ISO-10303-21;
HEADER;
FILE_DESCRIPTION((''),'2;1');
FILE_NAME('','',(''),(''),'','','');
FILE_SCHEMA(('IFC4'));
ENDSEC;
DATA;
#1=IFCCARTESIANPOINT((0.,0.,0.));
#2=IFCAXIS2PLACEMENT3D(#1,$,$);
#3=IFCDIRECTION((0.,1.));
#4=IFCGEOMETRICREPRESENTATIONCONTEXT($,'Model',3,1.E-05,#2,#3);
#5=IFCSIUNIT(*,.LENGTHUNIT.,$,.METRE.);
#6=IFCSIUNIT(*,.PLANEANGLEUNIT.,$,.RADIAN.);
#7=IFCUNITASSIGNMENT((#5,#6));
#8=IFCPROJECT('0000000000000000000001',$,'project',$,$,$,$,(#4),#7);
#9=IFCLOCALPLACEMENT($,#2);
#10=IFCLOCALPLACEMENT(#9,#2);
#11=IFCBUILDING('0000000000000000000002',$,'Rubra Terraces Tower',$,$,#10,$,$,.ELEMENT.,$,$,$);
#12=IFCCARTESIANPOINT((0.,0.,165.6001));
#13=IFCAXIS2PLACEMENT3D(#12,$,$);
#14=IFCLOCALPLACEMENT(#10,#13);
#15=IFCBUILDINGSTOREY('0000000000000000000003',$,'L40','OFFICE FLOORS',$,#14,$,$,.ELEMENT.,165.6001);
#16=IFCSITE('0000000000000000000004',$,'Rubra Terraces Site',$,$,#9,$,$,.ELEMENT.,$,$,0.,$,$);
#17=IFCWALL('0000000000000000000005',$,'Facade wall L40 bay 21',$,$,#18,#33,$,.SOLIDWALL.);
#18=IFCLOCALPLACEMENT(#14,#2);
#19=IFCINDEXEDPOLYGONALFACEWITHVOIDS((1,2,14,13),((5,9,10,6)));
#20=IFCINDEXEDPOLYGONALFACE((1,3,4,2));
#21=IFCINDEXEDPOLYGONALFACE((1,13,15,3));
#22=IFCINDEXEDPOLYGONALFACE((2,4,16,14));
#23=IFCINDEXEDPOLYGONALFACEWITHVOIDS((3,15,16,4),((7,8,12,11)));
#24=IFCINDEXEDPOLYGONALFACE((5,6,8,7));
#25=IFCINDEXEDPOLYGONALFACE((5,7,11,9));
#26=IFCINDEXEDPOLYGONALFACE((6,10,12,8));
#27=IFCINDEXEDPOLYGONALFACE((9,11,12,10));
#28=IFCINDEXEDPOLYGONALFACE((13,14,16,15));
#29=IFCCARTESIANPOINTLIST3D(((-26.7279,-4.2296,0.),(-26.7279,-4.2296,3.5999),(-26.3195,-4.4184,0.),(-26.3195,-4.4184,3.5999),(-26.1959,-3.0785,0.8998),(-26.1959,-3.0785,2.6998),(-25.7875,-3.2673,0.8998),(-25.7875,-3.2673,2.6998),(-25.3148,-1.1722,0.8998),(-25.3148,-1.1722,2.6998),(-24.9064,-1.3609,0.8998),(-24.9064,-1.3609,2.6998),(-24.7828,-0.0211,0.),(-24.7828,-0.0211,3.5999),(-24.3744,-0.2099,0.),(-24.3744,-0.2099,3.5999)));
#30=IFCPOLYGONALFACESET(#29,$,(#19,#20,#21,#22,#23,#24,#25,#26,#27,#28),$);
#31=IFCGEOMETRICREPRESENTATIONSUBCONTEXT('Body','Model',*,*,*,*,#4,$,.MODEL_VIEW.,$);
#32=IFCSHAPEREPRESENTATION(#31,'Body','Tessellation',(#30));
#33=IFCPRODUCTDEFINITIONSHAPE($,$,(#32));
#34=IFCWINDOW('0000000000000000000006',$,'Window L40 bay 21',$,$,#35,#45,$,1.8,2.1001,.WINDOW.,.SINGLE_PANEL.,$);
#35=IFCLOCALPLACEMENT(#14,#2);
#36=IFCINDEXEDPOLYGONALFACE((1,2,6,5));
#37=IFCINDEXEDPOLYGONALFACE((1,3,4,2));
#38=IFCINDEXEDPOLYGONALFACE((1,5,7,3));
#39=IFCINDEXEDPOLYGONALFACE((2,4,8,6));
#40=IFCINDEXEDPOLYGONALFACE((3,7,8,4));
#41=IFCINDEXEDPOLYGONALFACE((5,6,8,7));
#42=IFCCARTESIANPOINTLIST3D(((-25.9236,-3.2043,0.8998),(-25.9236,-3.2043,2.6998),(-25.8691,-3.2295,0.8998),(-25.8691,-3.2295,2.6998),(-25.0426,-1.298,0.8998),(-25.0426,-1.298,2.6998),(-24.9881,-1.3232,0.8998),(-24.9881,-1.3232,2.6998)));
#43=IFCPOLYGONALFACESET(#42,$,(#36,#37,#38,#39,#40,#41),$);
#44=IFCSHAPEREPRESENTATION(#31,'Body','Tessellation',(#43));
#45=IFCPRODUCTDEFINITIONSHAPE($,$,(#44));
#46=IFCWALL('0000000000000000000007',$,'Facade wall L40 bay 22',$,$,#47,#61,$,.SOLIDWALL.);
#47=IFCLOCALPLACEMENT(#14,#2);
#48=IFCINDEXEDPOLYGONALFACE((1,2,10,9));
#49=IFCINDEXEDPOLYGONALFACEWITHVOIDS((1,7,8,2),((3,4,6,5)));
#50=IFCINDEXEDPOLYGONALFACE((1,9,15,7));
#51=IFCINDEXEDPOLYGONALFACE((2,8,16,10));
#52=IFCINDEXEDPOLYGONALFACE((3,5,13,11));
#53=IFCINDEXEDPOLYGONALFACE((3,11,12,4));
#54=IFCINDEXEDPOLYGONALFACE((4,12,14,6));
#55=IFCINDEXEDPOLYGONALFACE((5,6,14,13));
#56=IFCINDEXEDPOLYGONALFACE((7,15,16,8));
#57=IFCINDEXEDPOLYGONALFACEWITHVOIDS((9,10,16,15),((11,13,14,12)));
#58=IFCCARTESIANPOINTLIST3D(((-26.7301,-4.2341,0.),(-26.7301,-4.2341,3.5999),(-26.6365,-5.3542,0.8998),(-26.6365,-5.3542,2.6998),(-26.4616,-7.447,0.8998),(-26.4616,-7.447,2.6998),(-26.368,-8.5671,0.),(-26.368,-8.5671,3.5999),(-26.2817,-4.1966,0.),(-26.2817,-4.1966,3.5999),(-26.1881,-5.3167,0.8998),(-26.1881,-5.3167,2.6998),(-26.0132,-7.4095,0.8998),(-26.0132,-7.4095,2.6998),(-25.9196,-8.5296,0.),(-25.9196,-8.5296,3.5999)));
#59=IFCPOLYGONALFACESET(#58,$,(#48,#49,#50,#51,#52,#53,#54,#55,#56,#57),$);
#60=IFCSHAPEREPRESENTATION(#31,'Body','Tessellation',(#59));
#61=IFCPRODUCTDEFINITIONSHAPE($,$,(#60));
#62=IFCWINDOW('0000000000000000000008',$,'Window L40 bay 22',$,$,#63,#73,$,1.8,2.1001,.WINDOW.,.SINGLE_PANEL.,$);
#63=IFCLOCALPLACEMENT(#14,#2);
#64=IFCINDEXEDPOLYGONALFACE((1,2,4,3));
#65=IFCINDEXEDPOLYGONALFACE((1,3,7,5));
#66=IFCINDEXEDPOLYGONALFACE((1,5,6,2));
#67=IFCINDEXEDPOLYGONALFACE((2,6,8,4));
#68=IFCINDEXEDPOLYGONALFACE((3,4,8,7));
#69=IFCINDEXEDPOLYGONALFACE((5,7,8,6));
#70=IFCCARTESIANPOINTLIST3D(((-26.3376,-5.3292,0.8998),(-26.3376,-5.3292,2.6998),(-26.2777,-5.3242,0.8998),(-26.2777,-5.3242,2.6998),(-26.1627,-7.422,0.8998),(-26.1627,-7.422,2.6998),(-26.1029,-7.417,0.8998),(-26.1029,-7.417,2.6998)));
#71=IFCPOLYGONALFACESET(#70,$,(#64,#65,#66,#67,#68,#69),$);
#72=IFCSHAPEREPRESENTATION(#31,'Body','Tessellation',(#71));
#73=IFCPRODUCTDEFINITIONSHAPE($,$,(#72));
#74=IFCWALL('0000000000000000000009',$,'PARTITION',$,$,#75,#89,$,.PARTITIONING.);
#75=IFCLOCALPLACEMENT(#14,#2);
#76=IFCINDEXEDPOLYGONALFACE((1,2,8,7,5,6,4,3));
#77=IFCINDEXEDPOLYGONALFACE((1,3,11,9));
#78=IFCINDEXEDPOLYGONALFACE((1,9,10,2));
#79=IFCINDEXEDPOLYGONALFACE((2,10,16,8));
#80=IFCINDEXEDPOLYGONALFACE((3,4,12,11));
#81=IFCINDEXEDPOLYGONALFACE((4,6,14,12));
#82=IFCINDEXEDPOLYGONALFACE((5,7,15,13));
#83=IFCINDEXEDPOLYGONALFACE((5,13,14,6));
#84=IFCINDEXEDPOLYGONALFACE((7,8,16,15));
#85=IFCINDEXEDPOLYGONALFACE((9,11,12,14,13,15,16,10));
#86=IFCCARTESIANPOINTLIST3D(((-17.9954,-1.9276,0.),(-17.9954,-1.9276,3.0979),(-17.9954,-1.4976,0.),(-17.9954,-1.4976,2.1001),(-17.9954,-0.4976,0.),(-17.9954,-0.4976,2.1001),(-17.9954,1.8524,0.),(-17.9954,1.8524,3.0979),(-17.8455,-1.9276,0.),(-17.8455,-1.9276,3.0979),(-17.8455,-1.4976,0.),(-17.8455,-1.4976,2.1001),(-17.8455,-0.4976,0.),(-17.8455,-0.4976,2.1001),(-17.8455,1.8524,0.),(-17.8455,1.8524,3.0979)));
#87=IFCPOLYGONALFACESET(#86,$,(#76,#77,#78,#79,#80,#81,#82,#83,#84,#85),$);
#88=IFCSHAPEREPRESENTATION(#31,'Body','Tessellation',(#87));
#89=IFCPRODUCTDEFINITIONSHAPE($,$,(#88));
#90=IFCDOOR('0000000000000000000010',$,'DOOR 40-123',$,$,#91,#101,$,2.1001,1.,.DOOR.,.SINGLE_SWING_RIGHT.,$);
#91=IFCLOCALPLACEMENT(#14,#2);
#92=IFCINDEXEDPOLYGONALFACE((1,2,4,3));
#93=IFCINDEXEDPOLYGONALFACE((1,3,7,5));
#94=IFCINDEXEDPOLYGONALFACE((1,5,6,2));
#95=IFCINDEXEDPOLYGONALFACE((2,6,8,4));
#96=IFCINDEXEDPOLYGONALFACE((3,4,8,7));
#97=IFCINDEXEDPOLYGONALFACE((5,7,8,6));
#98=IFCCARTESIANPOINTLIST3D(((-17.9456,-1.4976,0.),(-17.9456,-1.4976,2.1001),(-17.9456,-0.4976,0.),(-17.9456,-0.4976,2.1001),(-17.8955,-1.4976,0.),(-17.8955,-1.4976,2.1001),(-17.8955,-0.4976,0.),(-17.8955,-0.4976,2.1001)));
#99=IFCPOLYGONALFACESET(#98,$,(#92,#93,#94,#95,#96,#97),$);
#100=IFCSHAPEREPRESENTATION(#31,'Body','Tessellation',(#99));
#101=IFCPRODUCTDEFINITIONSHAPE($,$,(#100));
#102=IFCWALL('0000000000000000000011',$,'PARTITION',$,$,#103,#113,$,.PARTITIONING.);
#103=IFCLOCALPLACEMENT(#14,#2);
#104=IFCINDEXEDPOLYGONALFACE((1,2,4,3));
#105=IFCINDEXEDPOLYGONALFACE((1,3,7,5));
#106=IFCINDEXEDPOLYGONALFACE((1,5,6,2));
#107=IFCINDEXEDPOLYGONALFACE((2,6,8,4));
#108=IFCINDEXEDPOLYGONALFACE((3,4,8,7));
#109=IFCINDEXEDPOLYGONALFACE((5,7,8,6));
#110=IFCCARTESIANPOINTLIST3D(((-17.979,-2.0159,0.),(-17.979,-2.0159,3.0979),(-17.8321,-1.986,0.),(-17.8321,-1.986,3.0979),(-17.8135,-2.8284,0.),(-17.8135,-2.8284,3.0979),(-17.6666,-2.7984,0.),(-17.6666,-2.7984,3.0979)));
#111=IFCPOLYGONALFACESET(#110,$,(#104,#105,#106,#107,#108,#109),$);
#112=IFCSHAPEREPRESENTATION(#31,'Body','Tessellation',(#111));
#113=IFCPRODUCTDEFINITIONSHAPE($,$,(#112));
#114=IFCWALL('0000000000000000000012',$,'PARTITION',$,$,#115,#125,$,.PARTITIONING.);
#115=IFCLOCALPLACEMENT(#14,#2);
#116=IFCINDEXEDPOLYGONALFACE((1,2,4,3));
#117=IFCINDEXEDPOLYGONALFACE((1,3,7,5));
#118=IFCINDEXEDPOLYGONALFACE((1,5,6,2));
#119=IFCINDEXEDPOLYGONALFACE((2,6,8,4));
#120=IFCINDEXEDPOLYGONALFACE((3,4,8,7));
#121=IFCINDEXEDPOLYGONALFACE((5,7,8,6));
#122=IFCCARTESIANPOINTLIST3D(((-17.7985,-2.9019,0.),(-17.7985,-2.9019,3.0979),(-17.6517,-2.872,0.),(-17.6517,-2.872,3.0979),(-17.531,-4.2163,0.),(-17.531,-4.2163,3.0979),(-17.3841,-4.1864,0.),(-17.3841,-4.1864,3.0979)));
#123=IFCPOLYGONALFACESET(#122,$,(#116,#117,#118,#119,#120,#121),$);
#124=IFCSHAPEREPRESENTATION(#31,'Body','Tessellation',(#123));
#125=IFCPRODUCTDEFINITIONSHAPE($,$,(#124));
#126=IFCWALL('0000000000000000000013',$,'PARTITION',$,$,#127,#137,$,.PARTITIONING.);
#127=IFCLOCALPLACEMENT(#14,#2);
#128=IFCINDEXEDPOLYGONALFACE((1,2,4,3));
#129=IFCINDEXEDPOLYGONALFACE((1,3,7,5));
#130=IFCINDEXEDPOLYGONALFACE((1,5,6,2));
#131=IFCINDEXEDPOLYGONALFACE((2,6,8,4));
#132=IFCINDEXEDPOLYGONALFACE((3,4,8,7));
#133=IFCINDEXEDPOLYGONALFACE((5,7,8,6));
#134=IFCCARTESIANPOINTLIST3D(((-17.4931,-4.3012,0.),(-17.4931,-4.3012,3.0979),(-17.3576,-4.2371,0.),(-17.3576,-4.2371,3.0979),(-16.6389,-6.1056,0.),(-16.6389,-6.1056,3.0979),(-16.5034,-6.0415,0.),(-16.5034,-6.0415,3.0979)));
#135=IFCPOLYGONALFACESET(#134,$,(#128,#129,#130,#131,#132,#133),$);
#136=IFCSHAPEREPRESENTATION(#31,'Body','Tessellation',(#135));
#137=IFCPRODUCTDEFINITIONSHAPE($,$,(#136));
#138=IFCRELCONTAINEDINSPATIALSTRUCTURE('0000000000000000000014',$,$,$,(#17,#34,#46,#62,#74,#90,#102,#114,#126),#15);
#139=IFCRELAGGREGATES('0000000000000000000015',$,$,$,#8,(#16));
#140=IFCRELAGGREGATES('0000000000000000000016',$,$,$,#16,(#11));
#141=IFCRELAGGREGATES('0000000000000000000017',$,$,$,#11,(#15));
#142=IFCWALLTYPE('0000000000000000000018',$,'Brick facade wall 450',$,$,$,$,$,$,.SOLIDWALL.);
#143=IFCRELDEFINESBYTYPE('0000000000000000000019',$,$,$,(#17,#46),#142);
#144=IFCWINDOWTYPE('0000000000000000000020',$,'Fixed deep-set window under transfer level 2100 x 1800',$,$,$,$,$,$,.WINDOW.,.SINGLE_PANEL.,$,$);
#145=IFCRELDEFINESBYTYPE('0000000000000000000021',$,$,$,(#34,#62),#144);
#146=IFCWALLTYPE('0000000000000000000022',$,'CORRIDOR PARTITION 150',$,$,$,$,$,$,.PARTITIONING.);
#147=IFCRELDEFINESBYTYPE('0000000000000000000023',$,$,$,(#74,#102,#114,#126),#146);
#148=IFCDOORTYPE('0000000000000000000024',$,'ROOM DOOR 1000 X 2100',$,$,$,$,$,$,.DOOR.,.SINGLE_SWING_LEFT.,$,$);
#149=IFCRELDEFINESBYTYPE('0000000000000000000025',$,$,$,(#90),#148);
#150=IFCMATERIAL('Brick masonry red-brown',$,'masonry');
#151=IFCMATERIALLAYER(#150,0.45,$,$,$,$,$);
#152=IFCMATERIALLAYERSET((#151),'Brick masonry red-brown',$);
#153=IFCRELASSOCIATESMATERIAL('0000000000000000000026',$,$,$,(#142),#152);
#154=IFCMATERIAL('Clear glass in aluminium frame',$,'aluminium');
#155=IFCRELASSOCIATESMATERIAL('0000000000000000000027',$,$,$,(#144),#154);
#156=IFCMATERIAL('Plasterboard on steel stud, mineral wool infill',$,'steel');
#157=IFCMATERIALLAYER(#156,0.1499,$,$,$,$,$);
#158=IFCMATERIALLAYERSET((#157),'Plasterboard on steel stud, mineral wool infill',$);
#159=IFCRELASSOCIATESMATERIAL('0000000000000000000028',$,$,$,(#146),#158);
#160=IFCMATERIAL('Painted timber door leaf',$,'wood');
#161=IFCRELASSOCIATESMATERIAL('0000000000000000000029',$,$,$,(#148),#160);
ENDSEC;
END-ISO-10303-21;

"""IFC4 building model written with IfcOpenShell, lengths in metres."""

from ifc_helpers import new_model, si_unit, direction, frame, frame_2d, origin, place, context, subcontext, project, spatial, rectangle, extrude, material, layer, layer_set, type_object, element, fill, save


model = new_model("IFC4")

# Units and contexts
model_context = context("Model", 3, precision=1e-05, world=origin(), true_north=direction((0.0, 1.0)))
body_context = subcontext(model_context, "Body", "Model", "MODEL_VIEW")
ifc_project = project(units=[si_unit("LENGTHUNIT", "METRE"), si_unit("PLANEANGLEUNIT", "RADIAN")], contexts=[model_context])

# Site, building, storey
site_placement = place(None, origin())
site = spatial("IfcSite", under=ifc_project, at=site_placement, Name="Rubra Terraces Site", CompositionType="ELEMENT", RefElevation=0.0)
building_placement = place(site_placement, origin())
building = spatial("IfcBuilding", under=site, at=building_placement, Name="Rubra Terraces Tower", CompositionType="ELEMENT")
storey_placement = place(building_placement, frame((0.0, 0.0, 165.6001)))
storey = spatial("IfcBuildingStorey", under=building, at=storey_placement, Name="L40", Description="OFFICE FLOORS", CompositionType="ELEMENT", Elevation=165.6001)

# Walls, openings, windows
ifc_material_1 = material(Name="Brick masonry red-brown", Category="masonry")
ifc_layer_1 = layer(ifc_material_1, 0.45)
ifc_layer_set_1 = layer_set([ifc_layer_1], Name="Brick masonry red-brown")
wall_type_1 = type_object("IfcWallType", Name="Brick facade wall 450", PredefinedType="SOLIDWALL", material=ifc_layer_set_1)
wall_1_placement = place(storey_placement, frame((-24.5786, -0.1155, 0.0), z_axis=(0.0, 0.0, 1.0), x_axis=(-0.419536, -0.907739, 0.0)))
wall_1 = element("IfcWall", 1, at=wall_1_placement, inside=storey, type_object=wall_type_1, Name="Facade wall L40 bay 21", PredefinedType="SOLIDWALL", context=body_context, shape_type="SweptSolid", body=[
    extrude(rectangle(XDim=4.6362, YDim=0.45, at=frame_2d((2.3181, 0.0))), origin(), (0.0, 0.0, 1.0), 3.5999),
])
opening_1_placement = place(wall_1_placement, frame((1.2681, 0.0, 0.8999)))
opening_1 = element("IfcOpeningElement", 2, at=opening_1_placement, cuts=wall_1, PredefinedType="OPENING", context=body_context, shape_type="SweptSolid", body=[
    extrude(rectangle(XDim=2.1001, YDim=1.8, at=frame_2d((1.05, 0.8999))), frame((0.0, 0.2349, 0.0), z_axis=(0.0, -1.0, 0.0), x_axis=(1.0, 0.0, 0.0)), (0.0, 0.0, 1.0), 0.47),
])
ifc_material_2 = material(Name="Clear glass in aluminium frame", Category="aluminium")
window_type = type_object("IfcWindowType", Name="Fixed deep-set window under transfer level 2100 x 1800", PartitioningType="SINGLE_PANEL", PredefinedType="WINDOW", material=ifc_material_2)
window_1_placement = place(opening_1_placement, origin())
window_1 = element("IfcWindow", 3, at=window_1_placement, inside=storey, type_object=window_type, Name="Window L40 bay 21", OverallHeight=1.8, OverallWidth=2.1001, PartitioningType="SINGLE_PANEL", PredefinedType="WINDOW", context=body_context, shape_type="SweptSolid", body=[
    extrude(rectangle(XDim=2.1001, YDim=1.8, at=frame_2d((1.05, 0.8999))), frame((0.0, 0.135, 0.0), z_axis=(0.0, -1.0, 0.0), x_axis=(1.0, 0.0, 0.0)), (0.0, 0.0, 1.0), 0.0601),
])
fill(opening_1, window_1)
wall_2_placement = place(storey_placement, frame((-26.5059, -4.2153, 0.0), z_axis=(0.0, 0.0, 1.0), x_axis=(0.083269, -0.996527, 0.0)))
wall_2 = element("IfcWall", 4, at=wall_2_placement, inside=storey, type_object=wall_type_1, Name="Facade wall L40 bay 22", PredefinedType="SOLIDWALL", context=body_context, shape_type="SweptSolid", body=[
    extrude(rectangle(XDim=4.3481, YDim=0.45, at=frame_2d((2.1741, 0.0))), origin(), (0.0, 0.0, 1.0), 3.5999),
])
opening_2_placement = place(wall_2_placement, frame((1.124, 0.0, 0.8999)))
opening_2 = element("IfcOpeningElement", 5, at=opening_2_placement, cuts=wall_2, PredefinedType="OPENING", context=body_context, shape_type="SweptSolid", body=[
    extrude(rectangle(XDim=2.1001, YDim=1.8, at=frame_2d((1.05, 0.8999))), frame((0.0, 0.2349, 0.0), z_axis=(0.0, -1.0, 0.0), x_axis=(1.0, 0.0, 0.0)), (0.0, 0.0, 1.0), 0.47),
])
window_2_placement = place(opening_2_placement, origin())
window_2 = element("IfcWindow", 6, at=window_2_placement, inside=storey, type_object=window_type, Name="Window L40 bay 22", OverallHeight=1.8, OverallWidth=2.1001, PartitioningType="SINGLE_PANEL", PredefinedType="WINDOW", context=body_context, shape_type="SweptSolid", body=[
    extrude(rectangle(XDim=2.1001, YDim=1.8, at=frame_2d((1.05, 0.8999))), frame((0.0, 0.135, 0.0), z_axis=(0.0, -1.0, 0.0), x_axis=(1.0, 0.0, 0.0)), (0.0, 0.0, 1.0), 0.0601),
])
fill(opening_2, window_2)

# Wall, opening, door
ifc_material_3 = material(Name="Plasterboard on steel stud, mineral wool infill", Category="steel")
ifc_layer_2 = layer(ifc_material_3, 0.1499)
ifc_layer_set_2 = layer_set([ifc_layer_2], Name="Plasterboard on steel stud, mineral wool infill")
wall_type_2 = type_object("IfcWallType", Name="CORRIDOR PARTITION 150", PredefinedType="PARTITIONING", material=ifc_layer_set_2)
wall_3_placement = place(storey_placement, frame((-17.9204, 1.8525, 0.0), z_axis=(0.0, 0.0, 1.0), x_axis=(0.0, -1.0, 0.0)))
wall_3 = element("IfcWall", 7, at=wall_3_placement, inside=storey, type_object=wall_type_2, Name="PARTITION", PredefinedType="PARTITIONING", context=body_context, shape_type="SweptSolid", body=[
    extrude(rectangle(XDim=3.78, YDim=0.1499, at=frame_2d((1.8901, 0.0))), origin(), (0.0, 0.0, 1.0), 3.0979),
])
opening_3_placement = place(wall_3_placement, frame((2.3501, 0.0, 0.0)))
opening_3 = element("IfcOpeningElement", 8, at=opening_3_placement, cuts=wall_3, PredefinedType="OPENING", context=body_context, shape_type="SweptSolid", body=[
    extrude(rectangle(XDim=1.0, YDim=2.1001, at=frame_2d((0.5, 1.05))), frame((0.0, 0.085, 0.0), z_axis=(0.0, -1.0, 0.0), x_axis=(1.0, 0.0, 0.0)), (0.0, 0.0, 1.0), 0.1699),
])
ifc_material_4 = material(Name="Painted timber door leaf", Category="wood")
door_type_1 = type_object("IfcDoorType", Name="ROOM DOOR 1000 X 2100", OperationType="SINGLE_SWING_LEFT", PredefinedType="DOOR", material=ifc_material_4)
door_1_placement = place(opening_3_placement, origin())
door_1 = element("IfcDoor", 9, at=door_1_placement, inside=storey, type_object=door_type_1, Name="DOOR 40-123", OperationType="SINGLE_SWING_RIGHT", OverallHeight=2.1001, OverallWidth=1.0, PredefinedType="DOOR", context=body_context, shape_type="SweptSolid", body=[
    extrude(rectangle(XDim=1.0, YDim=2.1001, at=frame_2d((0.5, 1.05))), frame((0.0, 0.0249, 0.0), z_axis=(0.0, -1.0, 0.0), x_axis=(1.0, 0.0, 0.0)), (0.0, 0.0, 1.0), 0.05),
])
fill(opening_3, door_1)

# Walls
wall_4_placement = place(storey_placement, frame((-17.9055, -2.001, 0.0), z_axis=(0.0, 0.0, 1.0), x_axis=(0.199625, -0.979872, 0.0)))
element("IfcWall", 10, at=wall_4_placement, inside=storey, type_object=wall_type_2, Name="PARTITION", PredefinedType="PARTITIONING", context=body_context, shape_type="SweptSolid", body=[
    extrude(rectangle(XDim=0.8291, YDim=0.1499, at=frame_2d((0.4146, 0.0))), origin(), (0.0, 0.0, 1.0), 3.0979),
])
wall_5_placement = place(storey_placement, frame((-17.7251, -2.887, 0.0), z_axis=(0.0, 0.0, 1.0), x_axis=(0.199475, -0.979903, 0.0)))
element("IfcWall", 11, at=wall_5_placement, inside=storey, type_object=wall_type_2, Name="PARTITION", PredefinedType="PARTITIONING", context=body_context, shape_type="SweptSolid", body=[
    extrude(rectangle(XDim=1.3413, YDim=0.1499, at=frame_2d((0.6707, 0.0))), origin(), (0.0, 0.0, 1.0), 3.0979),
])
wall_6_placement = place(storey_placement, frame((-17.4253, -4.2693, 0.0), z_axis=(0.0, 0.0, 1.0), x_axis=(0.427887, -0.903832, 0.0)))
element("IfcWall", 12, at=wall_6_placement, inside=storey, type_object=wall_type_2, Name="PARTITION", PredefinedType="PARTITIONING", context=body_context, shape_type="SweptSolid", body=[
    extrude(rectangle(XDim=1.9963, YDim=0.1499, at=frame_2d((0.998, 0.0))), origin(), (0.0, 0.0, 1.0), 3.0979),
])

save(model, "model.ifc")
